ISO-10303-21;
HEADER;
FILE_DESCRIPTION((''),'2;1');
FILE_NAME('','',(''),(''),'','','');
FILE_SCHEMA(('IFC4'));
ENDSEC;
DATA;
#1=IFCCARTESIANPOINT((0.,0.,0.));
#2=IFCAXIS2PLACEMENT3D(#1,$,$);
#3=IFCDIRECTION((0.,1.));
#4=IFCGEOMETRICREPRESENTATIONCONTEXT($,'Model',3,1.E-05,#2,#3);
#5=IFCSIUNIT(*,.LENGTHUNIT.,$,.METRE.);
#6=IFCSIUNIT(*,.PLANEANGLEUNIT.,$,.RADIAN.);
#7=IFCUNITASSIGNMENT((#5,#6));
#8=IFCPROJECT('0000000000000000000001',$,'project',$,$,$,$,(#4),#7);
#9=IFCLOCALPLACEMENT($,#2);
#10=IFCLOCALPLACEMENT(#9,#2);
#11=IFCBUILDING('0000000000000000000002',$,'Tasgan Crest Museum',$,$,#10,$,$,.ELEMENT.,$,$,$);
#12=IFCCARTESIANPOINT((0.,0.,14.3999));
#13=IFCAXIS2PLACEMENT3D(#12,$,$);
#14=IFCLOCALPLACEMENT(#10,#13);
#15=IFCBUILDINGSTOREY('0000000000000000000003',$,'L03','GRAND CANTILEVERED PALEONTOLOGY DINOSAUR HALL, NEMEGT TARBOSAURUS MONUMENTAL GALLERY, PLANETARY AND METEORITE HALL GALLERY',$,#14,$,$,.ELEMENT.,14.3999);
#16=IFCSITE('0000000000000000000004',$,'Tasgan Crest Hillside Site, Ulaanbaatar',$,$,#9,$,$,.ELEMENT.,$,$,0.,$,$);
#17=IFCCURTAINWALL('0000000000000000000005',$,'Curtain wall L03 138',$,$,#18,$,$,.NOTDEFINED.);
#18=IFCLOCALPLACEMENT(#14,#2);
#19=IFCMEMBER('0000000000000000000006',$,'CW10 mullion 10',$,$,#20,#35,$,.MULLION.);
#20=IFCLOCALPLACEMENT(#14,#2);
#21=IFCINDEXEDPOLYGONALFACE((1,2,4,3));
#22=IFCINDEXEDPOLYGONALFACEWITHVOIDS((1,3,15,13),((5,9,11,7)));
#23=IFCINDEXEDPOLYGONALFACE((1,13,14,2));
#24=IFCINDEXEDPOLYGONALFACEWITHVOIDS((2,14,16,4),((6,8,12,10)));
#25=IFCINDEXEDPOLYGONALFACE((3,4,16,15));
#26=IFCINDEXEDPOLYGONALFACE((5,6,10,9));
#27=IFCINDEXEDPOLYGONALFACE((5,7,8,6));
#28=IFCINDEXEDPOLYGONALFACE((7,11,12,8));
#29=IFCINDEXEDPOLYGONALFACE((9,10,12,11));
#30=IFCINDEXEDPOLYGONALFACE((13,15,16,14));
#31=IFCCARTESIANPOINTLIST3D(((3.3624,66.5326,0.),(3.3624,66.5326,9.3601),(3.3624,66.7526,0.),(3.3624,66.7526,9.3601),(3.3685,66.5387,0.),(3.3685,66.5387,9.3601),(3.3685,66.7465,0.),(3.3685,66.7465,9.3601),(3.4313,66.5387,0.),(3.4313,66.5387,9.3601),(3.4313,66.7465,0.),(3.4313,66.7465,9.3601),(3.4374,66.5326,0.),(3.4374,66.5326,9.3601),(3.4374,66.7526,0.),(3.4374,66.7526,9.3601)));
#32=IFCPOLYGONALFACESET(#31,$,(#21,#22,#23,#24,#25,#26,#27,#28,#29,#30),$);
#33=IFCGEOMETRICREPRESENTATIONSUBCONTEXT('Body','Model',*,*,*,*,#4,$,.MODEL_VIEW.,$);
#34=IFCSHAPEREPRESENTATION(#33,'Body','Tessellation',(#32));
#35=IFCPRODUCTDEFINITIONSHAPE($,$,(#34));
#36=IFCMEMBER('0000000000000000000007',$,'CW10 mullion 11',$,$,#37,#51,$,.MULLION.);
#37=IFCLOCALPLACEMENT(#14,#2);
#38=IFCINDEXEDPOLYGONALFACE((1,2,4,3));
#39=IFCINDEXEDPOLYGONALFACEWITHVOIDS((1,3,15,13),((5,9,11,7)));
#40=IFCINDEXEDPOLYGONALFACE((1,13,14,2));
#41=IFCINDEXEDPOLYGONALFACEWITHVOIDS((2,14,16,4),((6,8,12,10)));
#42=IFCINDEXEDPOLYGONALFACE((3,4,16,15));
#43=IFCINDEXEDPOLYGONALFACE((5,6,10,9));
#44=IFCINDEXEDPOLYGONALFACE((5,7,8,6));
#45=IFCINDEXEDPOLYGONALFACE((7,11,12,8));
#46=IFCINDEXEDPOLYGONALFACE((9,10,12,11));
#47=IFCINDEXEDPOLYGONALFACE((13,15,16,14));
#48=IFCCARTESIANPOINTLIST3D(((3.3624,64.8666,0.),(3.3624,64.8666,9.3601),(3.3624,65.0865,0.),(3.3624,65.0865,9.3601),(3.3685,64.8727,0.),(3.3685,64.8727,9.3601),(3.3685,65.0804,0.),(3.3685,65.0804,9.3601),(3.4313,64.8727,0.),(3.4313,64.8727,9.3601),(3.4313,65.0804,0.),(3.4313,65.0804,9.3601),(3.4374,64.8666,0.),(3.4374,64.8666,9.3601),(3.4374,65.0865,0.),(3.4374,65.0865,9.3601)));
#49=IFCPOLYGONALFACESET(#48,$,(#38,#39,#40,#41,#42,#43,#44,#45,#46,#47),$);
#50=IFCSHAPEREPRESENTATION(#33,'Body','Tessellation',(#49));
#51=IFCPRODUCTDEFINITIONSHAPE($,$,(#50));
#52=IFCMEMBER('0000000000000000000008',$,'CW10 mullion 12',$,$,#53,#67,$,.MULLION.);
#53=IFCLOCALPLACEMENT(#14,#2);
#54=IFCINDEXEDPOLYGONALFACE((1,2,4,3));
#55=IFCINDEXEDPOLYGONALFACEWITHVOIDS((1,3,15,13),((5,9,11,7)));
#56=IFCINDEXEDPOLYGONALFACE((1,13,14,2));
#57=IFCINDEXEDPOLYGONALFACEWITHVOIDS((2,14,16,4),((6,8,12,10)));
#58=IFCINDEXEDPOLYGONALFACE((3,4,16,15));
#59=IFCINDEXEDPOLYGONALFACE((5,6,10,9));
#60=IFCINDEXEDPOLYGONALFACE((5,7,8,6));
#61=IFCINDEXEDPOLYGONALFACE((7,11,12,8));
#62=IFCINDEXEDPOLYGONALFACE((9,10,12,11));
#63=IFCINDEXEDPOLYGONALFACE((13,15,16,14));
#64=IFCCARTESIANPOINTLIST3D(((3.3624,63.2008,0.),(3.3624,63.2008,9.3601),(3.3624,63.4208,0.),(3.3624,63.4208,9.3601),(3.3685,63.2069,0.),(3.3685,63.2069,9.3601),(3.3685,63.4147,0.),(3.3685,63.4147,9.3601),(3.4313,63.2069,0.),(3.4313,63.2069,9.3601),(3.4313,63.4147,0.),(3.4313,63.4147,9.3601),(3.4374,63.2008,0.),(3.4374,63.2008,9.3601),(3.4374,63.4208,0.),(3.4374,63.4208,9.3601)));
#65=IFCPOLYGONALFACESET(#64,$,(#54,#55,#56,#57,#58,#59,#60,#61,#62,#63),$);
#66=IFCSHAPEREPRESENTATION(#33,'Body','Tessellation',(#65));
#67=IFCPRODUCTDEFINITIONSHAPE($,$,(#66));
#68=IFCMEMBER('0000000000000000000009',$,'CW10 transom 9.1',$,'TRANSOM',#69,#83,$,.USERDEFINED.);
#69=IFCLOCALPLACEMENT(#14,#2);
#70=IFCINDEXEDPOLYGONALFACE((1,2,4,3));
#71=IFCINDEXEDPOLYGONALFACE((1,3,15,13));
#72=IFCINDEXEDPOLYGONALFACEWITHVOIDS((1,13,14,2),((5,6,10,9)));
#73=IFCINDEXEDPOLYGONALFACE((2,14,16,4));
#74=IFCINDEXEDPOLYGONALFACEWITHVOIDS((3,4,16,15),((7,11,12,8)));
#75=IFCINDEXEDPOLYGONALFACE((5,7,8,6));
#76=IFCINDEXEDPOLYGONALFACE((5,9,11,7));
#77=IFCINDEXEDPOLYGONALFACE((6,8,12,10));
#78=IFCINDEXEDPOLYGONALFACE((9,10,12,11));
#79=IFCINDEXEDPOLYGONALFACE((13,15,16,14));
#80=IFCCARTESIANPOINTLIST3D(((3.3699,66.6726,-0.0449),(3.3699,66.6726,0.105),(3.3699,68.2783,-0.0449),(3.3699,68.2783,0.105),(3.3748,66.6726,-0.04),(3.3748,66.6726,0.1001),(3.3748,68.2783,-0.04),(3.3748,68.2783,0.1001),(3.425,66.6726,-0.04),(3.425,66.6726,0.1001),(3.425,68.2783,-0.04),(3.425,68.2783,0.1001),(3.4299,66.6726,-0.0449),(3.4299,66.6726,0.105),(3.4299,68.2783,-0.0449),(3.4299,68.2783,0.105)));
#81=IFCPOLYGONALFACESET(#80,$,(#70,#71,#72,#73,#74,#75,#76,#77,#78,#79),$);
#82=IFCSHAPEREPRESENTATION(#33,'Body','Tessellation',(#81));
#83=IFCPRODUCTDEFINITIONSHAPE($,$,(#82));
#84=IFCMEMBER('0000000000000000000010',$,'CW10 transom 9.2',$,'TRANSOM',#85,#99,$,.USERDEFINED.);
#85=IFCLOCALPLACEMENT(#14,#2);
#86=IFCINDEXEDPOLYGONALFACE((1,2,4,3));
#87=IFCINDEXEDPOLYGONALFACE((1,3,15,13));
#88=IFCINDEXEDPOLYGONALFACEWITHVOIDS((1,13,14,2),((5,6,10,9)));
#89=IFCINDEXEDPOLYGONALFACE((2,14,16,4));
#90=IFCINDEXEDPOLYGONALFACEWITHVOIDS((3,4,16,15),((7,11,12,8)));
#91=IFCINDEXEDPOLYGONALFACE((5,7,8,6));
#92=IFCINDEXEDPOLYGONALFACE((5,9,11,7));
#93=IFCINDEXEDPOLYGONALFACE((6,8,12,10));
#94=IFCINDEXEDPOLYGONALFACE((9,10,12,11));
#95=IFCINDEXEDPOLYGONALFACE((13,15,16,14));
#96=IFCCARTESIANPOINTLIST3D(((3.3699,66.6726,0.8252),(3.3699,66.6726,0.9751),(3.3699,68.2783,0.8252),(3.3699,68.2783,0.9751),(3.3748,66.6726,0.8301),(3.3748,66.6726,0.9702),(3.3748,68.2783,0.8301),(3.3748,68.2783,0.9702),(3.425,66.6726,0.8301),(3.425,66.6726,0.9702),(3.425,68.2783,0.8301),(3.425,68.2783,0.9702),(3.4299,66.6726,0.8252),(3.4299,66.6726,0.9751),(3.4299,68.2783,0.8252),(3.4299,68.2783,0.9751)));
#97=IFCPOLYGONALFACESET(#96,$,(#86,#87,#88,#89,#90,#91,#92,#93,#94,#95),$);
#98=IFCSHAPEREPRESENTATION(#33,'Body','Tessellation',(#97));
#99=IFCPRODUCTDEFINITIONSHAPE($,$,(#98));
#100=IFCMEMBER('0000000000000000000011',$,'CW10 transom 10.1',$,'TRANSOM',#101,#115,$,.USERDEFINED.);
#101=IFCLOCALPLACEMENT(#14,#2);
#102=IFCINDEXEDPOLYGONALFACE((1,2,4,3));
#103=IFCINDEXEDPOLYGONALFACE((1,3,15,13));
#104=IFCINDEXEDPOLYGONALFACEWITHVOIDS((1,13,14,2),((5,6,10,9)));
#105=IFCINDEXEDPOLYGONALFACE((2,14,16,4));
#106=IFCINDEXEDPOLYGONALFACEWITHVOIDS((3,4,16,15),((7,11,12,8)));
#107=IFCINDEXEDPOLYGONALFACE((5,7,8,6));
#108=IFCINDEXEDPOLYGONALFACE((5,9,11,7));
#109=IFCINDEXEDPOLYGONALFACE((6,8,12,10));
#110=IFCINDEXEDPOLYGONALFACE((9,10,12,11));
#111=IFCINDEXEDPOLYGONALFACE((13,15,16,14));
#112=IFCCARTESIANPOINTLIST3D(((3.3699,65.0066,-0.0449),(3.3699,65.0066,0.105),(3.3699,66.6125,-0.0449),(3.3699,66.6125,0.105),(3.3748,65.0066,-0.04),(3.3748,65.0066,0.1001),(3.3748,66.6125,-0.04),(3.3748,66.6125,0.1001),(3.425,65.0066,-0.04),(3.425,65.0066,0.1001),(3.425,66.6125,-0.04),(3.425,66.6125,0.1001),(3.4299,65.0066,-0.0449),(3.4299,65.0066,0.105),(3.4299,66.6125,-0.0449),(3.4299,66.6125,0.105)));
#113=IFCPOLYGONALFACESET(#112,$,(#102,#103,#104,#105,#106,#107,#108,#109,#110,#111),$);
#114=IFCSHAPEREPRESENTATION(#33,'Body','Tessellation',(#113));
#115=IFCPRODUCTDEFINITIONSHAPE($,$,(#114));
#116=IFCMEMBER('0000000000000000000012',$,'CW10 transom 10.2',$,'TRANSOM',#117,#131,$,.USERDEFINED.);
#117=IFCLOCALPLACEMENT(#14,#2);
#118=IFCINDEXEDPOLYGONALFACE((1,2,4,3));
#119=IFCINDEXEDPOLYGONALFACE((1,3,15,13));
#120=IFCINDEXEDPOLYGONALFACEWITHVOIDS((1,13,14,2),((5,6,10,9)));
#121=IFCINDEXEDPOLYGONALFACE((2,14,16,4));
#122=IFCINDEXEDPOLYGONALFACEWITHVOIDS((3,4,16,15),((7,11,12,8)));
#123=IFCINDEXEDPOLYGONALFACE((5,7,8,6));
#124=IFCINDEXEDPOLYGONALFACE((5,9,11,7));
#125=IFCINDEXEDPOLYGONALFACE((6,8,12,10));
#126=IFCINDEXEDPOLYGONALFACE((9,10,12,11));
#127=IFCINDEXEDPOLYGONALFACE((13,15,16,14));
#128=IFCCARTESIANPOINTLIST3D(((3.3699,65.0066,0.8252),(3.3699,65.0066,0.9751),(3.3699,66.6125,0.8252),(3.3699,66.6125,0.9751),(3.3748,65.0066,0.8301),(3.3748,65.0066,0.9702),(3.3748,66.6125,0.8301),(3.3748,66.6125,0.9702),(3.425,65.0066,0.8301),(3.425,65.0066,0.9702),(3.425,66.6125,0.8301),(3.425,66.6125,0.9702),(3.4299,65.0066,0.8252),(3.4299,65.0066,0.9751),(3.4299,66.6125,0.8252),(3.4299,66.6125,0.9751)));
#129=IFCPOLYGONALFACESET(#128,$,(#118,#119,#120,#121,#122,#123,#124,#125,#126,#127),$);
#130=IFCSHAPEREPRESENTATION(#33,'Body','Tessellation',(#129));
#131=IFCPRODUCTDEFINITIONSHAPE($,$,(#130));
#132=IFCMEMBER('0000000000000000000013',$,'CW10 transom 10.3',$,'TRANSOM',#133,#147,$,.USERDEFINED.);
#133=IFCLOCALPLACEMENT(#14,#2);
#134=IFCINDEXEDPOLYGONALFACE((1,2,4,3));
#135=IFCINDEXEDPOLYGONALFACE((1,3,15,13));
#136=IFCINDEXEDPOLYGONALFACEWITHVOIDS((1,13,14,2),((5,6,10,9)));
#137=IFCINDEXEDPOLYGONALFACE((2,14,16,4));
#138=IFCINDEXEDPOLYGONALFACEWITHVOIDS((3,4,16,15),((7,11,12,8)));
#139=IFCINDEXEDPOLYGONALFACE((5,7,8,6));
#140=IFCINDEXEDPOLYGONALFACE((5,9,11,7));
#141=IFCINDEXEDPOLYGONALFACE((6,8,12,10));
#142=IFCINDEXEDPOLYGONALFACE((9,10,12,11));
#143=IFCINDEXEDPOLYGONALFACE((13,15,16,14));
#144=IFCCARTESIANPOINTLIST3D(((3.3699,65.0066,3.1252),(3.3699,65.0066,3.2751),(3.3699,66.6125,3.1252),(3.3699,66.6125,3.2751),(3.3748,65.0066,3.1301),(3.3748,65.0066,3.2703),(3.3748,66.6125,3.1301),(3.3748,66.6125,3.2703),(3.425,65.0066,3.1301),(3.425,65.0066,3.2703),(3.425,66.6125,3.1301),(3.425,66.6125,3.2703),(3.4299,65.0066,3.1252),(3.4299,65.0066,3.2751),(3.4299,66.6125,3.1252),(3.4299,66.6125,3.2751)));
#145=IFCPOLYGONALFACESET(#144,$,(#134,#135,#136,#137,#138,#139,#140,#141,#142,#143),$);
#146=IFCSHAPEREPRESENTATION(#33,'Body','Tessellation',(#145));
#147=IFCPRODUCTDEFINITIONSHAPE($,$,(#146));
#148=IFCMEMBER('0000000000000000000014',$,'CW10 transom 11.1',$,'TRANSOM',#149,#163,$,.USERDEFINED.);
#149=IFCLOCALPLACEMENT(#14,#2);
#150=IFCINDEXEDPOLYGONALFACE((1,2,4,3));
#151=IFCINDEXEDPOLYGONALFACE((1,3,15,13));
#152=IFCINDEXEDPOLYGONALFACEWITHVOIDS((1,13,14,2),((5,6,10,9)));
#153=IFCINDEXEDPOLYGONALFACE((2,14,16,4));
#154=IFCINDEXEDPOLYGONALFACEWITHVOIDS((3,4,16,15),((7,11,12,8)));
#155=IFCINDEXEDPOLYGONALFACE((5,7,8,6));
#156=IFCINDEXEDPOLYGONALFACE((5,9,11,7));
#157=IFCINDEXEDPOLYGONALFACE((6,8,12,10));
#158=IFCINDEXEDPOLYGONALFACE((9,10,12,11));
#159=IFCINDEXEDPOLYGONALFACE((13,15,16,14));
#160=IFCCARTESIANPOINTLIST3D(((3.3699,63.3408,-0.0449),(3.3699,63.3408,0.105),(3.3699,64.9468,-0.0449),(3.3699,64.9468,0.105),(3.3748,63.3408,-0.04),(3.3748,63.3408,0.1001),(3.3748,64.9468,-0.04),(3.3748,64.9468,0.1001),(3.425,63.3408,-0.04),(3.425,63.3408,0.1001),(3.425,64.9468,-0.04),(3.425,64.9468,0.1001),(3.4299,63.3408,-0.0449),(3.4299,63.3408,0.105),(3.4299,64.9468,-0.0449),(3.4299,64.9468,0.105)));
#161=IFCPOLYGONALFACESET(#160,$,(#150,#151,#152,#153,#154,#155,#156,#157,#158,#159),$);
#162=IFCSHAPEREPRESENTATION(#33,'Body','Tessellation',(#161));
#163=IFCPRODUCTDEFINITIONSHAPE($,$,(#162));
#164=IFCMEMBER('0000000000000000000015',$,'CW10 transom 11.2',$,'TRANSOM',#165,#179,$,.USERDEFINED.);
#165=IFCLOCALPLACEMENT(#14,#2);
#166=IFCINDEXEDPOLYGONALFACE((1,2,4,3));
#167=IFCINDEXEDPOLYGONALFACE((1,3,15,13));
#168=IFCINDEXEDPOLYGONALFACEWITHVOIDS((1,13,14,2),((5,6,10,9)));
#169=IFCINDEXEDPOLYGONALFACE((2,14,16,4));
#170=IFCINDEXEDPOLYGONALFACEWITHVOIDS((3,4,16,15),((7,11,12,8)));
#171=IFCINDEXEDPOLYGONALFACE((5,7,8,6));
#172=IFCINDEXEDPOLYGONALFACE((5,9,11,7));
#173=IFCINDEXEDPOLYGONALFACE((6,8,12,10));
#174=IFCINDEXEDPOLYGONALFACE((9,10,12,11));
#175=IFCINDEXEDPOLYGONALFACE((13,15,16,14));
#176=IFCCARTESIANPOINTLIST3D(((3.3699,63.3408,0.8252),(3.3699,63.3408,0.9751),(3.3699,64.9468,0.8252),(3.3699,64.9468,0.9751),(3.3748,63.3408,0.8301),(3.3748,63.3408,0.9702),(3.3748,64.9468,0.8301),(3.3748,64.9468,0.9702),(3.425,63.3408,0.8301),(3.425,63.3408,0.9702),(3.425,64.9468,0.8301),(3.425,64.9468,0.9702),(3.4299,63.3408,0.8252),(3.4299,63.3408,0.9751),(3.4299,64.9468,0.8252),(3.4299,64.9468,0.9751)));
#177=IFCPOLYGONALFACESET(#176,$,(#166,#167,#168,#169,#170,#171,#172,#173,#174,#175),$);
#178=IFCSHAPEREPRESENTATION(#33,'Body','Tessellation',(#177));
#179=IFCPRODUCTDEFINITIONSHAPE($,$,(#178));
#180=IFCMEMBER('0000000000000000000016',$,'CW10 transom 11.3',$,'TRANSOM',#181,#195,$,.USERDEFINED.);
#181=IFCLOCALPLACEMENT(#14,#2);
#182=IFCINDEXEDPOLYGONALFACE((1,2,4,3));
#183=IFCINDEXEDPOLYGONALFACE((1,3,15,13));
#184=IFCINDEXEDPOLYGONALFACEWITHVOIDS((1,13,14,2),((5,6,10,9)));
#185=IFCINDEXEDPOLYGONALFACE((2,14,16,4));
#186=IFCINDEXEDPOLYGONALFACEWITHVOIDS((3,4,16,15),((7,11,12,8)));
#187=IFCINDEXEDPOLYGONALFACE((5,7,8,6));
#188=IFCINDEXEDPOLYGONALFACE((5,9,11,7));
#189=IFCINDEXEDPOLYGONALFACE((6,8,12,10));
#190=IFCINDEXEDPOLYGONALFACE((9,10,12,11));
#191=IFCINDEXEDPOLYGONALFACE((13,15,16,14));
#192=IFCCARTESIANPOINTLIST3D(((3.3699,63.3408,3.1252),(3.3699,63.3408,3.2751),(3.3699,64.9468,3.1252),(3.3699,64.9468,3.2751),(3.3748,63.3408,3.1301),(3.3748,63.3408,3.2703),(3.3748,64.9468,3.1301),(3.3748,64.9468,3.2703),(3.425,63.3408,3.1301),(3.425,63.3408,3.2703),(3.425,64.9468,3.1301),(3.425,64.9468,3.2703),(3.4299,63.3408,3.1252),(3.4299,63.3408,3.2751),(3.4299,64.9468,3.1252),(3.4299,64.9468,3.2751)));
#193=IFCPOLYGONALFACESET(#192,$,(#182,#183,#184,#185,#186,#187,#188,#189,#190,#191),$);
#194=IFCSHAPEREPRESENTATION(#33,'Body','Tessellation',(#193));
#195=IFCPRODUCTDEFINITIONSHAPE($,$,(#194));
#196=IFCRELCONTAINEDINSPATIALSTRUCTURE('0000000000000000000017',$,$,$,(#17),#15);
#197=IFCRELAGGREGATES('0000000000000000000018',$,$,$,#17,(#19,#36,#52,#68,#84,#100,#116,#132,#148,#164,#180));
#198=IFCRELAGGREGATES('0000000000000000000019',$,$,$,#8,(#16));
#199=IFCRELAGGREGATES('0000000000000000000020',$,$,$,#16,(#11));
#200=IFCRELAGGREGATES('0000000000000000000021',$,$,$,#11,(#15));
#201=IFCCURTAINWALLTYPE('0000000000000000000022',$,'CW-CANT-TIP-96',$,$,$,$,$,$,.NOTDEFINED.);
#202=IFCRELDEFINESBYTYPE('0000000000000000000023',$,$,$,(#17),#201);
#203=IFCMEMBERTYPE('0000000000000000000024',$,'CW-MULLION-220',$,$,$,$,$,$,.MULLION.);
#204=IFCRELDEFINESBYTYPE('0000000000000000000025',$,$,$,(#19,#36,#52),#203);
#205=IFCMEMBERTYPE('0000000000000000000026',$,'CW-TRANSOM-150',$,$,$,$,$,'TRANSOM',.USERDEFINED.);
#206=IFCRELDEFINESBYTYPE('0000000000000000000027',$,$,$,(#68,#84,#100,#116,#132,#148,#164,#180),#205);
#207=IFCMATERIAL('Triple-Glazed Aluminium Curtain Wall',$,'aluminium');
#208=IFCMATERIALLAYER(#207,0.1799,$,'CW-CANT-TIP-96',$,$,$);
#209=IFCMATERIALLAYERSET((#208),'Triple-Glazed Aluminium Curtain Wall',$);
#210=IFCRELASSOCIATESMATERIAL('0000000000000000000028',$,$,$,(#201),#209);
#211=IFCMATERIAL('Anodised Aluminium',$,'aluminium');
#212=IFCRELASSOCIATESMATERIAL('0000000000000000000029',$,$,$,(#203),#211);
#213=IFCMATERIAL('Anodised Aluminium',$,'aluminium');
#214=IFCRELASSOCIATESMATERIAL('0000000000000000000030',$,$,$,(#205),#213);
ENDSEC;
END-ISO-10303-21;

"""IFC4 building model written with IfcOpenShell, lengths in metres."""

from ifc_helpers import new_model, si_unit, direction, frame, origin, origin_2d, place, context, subcontext, project, spatial, hollow_rectangle, extrude, material, layer, layer_set, material_profile, profile_set, type_object, element, aggregate, save


model = new_model("IFC4")

# Units and contexts
model_context = context("Model", 3, precision=1e-05, world=origin(), true_north=direction((0.0, 1.0)))
body_context = subcontext(model_context, "Body", "Model", "MODEL_VIEW")
ifc_project = project(units=[si_unit("LENGTHUNIT", "METRE"), si_unit("PLANEANGLEUNIT", "RADIAN")], contexts=[model_context])

# Site, building, storey
site_placement = place(None, origin())
site = spatial("IfcSite", under=ifc_project, at=site_placement, Name="Tasgan Crest Hillside Site, Ulaanbaatar", CompositionType="ELEMENT", RefElevation=0.0)
building_placement = place(site_placement, origin())
building = spatial("IfcBuilding", under=site, at=building_placement, Name="Tasgan Crest Museum", CompositionType="ELEMENT")
storey_placement = place(building_placement, frame((0.0, 0.0, 14.3999)))
storey = spatial("IfcBuildingStorey", under=building, at=storey_placement, Name="L03", Description="GRAND CANTILEVERED PALEONTOLOGY DINOSAUR HALL, NEMEGT TARBOSAURUS MONUMENTAL GALLERY, PLANETARY AND METEORITE HALL GALLERY", CompositionType="ELEMENT", Elevation=14.3999)

# Curtain wall, members
ifc_material_1 = material(Name="Triple-Glazed Aluminium Curtain Wall", Category="aluminium")
ifc_layer_1 = layer(ifc_material_1, 0.1799, Name="CW-CANT-TIP-96")
ifc_layer_set_1 = layer_set([ifc_layer_1], Name="Triple-Glazed Aluminium Curtain Wall")
curtain_wall_type = type_object("IfcCurtainWallType", Name="CW-CANT-TIP-96", PredefinedType="NOTDEFINED", material=ifc_layer_set_1)
curtain_wall_placement = place(storey_placement, origin())
curtain_wall = element("IfcCurtainWall", 1, at=curtain_wall_placement, inside=storey, type_object=curtain_wall_type, Name="Curtain wall L03 138", PredefinedType="NOTDEFINED")
ifc_material_2 = material(Name="Anodised Aluminium", Category="aluminium")
ifc_material_profile_1 = material_profile(ifc_material_2, hollow_rectangle(XDim=0.075, YDim=0.22, WallThickness=0.0061, at=origin_2d()), Name="ALU MULLION 220x75x6")
ifc_profile_set_1 = profile_set([ifc_material_profile_1], Name="Anodised Aluminium")
member_type_1 = type_object("IfcMemberType", Name="CW-MULLION-220", PredefinedType="MULLION", material=ifc_profile_set_1)
member_1_placement = place(storey_placement, frame((3.3999, 66.6426, 0.0), z_axis=(0.0, 0.0, 1.0), x_axis=(1.0, 0.0, 0.0)))
member_1 = element("IfcMember", 2, at=member_1_placement, type_object=member_type_1, Name="CW10 mullion 10", PredefinedType="MULLION", context=body_context, shape_type="SweptSolid", body=[
    extrude(hollow_rectangle(XDim=0.075, YDim=0.22, WallThickness=0.0061, at=origin_2d()), origin(), (0.0, 0.0, 1.0), 9.3601),
])
member_2_placement = place(storey_placement, frame((3.3999, 64.9766, 0.0), z_axis=(0.0, 0.0, 1.0), x_axis=(1.0, 0.0, 0.0)))
member_2 = element("IfcMember", 3, at=member_2_placement, type_object=member_type_1, Name="CW10 mullion 11", PredefinedType="MULLION", context=body_context, shape_type="SweptSolid", body=[
    extrude(hollow_rectangle(XDim=0.075, YDim=0.22, WallThickness=0.0061, at=origin_2d()), origin(), (0.0, 0.0, 1.0), 9.3601),
])
member_3_placement = place(storey_placement, frame((3.3999, 63.3108, 0.0), z_axis=(0.0, 0.0, 1.0), x_axis=(1.0, 0.0, 0.0)))
member_3 = element("IfcMember", 4, at=member_3_placement, type_object=member_type_1, Name="CW10 mullion 12", PredefinedType="MULLION", context=body_context, shape_type="SweptSolid", body=[
    extrude(hollow_rectangle(XDim=0.075, YDim=0.22, WallThickness=0.0061, at=origin_2d()), origin(), (0.0, 0.0, 1.0), 9.3601),
])
ifc_material_3 = material(Name="Anodised Aluminium", Category="aluminium")
ifc_material_profile_2 = material_profile(ifc_material_3, hollow_rectangle(XDim=0.0601, YDim=0.1499, WallThickness=0.0049, at=origin_2d()), Name="ALU TRANSOM 150x60x5")
ifc_profile_set_2 = profile_set([ifc_material_profile_2], Name="Anodised Aluminium")
member_type_2 = type_object("IfcMemberType", Name="CW-TRANSOM-150", ElementType="TRANSOM", PredefinedType="USERDEFINED", material=ifc_profile_set_2)
member_4_placement = place(storey_placement, frame((3.3999, 68.2783, 0.03), z_axis=(0.0, -1.0, 0.0), x_axis=(1.0, 0.0, 0.0)))
member_4 = element("IfcMember", 5, at=member_4_placement, type_object=member_type_2, Name="CW10 transom 9.1", ObjectType="TRANSOM", PredefinedType="USERDEFINED", context=body_context, shape_type="SweptSolid", body=[
    extrude(hollow_rectangle(XDim=0.0601, YDim=0.1499, WallThickness=0.0049, at=origin_2d()), origin(), (0.0, 0.0, 1.0), 1.6057),
])
member_5_placement = place(storey_placement, frame((3.3999, 68.2783, 0.9001), z_axis=(0.0, -1.0, 0.0), x_axis=(1.0, 0.0, 0.0)))
member_5 = element("IfcMember", 6, at=member_5_placement, type_object=member_type_2, Name="CW10 transom 9.2", ObjectType="TRANSOM", PredefinedType="USERDEFINED", context=body_context, shape_type="SweptSolid", body=[
    extrude(hollow_rectangle(XDim=0.0601, YDim=0.1499, WallThickness=0.0049, at=origin_2d()), origin(), (0.0, 0.0, 1.0), 1.6057),
])
member_6_placement = place(storey_placement, frame((3.3999, 66.6125, 0.03), z_axis=(0.0, -1.0, 0.0), x_axis=(1.0, 0.0, 0.0)))
member_6 = element("IfcMember", 7, at=member_6_placement, type_object=member_type_2, Name="CW10 transom 10.1", ObjectType="TRANSOM", PredefinedType="USERDEFINED", context=body_context, shape_type="SweptSolid", body=[
    extrude(hollow_rectangle(XDim=0.0601, YDim=0.1499, WallThickness=0.0049, at=origin_2d()), origin(), (0.0, 0.0, 1.0), 1.606),
])
member_7_placement = place(storey_placement, frame((3.3999, 66.6125, 0.9001), z_axis=(0.0, -1.0, 0.0), x_axis=(1.0, 0.0, 0.0)))
member_7 = element("IfcMember", 8, at=member_7_placement, type_object=member_type_2, Name="CW10 transom 10.2", ObjectType="TRANSOM", PredefinedType="USERDEFINED", context=body_context, shape_type="SweptSolid", body=[
    extrude(hollow_rectangle(XDim=0.0601, YDim=0.1499, WallThickness=0.0049, at=origin_2d()), origin(), (0.0, 0.0, 1.0), 1.606),
])
member_8_placement = place(storey_placement, frame((3.3999, 66.6125, 3.2002), z_axis=(0.0, -1.0, 0.0), x_axis=(1.0, 0.0, 0.0)))
member_8 = element("IfcMember", 9, at=member_8_placement, type_object=member_type_2, Name="CW10 transom 10.3", ObjectType="TRANSOM", PredefinedType="USERDEFINED", context=body_context, shape_type="SweptSolid", body=[
    extrude(hollow_rectangle(XDim=0.0601, YDim=0.1499, WallThickness=0.0049, at=origin_2d()), origin(), (0.0, 0.0, 1.0), 1.606),
])
member_9_placement = place(storey_placement, frame((3.3999, 64.9468, 0.03), z_axis=(0.0, -1.0, 0.0), x_axis=(1.0, 0.0, 0.0)))
member_9 = element("IfcMember", 10, at=member_9_placement, type_object=member_type_2, Name="CW10 transom 11.1", ObjectType="TRANSOM", PredefinedType="USERDEFINED", context=body_context, shape_type="SweptSolid", body=[
    extrude(hollow_rectangle(XDim=0.0601, YDim=0.1499, WallThickness=0.0049, at=origin_2d()), origin(), (0.0, 0.0, 1.0), 1.606),
])
member_10_placement = place(storey_placement, frame((3.3999, 64.9468, 0.9001), z_axis=(0.0, -1.0, 0.0), x_axis=(1.0, 0.0, 0.0)))
member_10 = element("IfcMember", 11, at=member_10_placement, type_object=member_type_2, Name="CW10 transom 11.2", ObjectType="TRANSOM", PredefinedType="USERDEFINED", context=body_context, shape_type="SweptSolid", body=[
    extrude(hollow_rectangle(XDim=0.0601, YDim=0.1499, WallThickness=0.0049, at=origin_2d()), origin(), (0.0, 0.0, 1.0), 1.606),
])
member_11_placement = place(storey_placement, frame((3.3999, 64.9468, 3.2002), z_axis=(0.0, -1.0, 0.0), x_axis=(1.0, 0.0, 0.0)))
member_11 = element("IfcMember", 12, at=member_11_placement, type_object=member_type_2, Name="CW10 transom 11.3", ObjectType="TRANSOM", PredefinedType="USERDEFINED", context=body_context, shape_type="SweptSolid", body=[
    extrude(hollow_rectangle(XDim=0.0601, YDim=0.1499, WallThickness=0.0049, at=origin_2d()), origin(), (0.0, 0.0, 1.0), 1.606),
])
aggregate(curtain_wall, [member_1, member_2, member_3, member_4, member_5, member_6, member_7, member_8, member_9, member_10, member_11])

save(model, "model.ifc")
